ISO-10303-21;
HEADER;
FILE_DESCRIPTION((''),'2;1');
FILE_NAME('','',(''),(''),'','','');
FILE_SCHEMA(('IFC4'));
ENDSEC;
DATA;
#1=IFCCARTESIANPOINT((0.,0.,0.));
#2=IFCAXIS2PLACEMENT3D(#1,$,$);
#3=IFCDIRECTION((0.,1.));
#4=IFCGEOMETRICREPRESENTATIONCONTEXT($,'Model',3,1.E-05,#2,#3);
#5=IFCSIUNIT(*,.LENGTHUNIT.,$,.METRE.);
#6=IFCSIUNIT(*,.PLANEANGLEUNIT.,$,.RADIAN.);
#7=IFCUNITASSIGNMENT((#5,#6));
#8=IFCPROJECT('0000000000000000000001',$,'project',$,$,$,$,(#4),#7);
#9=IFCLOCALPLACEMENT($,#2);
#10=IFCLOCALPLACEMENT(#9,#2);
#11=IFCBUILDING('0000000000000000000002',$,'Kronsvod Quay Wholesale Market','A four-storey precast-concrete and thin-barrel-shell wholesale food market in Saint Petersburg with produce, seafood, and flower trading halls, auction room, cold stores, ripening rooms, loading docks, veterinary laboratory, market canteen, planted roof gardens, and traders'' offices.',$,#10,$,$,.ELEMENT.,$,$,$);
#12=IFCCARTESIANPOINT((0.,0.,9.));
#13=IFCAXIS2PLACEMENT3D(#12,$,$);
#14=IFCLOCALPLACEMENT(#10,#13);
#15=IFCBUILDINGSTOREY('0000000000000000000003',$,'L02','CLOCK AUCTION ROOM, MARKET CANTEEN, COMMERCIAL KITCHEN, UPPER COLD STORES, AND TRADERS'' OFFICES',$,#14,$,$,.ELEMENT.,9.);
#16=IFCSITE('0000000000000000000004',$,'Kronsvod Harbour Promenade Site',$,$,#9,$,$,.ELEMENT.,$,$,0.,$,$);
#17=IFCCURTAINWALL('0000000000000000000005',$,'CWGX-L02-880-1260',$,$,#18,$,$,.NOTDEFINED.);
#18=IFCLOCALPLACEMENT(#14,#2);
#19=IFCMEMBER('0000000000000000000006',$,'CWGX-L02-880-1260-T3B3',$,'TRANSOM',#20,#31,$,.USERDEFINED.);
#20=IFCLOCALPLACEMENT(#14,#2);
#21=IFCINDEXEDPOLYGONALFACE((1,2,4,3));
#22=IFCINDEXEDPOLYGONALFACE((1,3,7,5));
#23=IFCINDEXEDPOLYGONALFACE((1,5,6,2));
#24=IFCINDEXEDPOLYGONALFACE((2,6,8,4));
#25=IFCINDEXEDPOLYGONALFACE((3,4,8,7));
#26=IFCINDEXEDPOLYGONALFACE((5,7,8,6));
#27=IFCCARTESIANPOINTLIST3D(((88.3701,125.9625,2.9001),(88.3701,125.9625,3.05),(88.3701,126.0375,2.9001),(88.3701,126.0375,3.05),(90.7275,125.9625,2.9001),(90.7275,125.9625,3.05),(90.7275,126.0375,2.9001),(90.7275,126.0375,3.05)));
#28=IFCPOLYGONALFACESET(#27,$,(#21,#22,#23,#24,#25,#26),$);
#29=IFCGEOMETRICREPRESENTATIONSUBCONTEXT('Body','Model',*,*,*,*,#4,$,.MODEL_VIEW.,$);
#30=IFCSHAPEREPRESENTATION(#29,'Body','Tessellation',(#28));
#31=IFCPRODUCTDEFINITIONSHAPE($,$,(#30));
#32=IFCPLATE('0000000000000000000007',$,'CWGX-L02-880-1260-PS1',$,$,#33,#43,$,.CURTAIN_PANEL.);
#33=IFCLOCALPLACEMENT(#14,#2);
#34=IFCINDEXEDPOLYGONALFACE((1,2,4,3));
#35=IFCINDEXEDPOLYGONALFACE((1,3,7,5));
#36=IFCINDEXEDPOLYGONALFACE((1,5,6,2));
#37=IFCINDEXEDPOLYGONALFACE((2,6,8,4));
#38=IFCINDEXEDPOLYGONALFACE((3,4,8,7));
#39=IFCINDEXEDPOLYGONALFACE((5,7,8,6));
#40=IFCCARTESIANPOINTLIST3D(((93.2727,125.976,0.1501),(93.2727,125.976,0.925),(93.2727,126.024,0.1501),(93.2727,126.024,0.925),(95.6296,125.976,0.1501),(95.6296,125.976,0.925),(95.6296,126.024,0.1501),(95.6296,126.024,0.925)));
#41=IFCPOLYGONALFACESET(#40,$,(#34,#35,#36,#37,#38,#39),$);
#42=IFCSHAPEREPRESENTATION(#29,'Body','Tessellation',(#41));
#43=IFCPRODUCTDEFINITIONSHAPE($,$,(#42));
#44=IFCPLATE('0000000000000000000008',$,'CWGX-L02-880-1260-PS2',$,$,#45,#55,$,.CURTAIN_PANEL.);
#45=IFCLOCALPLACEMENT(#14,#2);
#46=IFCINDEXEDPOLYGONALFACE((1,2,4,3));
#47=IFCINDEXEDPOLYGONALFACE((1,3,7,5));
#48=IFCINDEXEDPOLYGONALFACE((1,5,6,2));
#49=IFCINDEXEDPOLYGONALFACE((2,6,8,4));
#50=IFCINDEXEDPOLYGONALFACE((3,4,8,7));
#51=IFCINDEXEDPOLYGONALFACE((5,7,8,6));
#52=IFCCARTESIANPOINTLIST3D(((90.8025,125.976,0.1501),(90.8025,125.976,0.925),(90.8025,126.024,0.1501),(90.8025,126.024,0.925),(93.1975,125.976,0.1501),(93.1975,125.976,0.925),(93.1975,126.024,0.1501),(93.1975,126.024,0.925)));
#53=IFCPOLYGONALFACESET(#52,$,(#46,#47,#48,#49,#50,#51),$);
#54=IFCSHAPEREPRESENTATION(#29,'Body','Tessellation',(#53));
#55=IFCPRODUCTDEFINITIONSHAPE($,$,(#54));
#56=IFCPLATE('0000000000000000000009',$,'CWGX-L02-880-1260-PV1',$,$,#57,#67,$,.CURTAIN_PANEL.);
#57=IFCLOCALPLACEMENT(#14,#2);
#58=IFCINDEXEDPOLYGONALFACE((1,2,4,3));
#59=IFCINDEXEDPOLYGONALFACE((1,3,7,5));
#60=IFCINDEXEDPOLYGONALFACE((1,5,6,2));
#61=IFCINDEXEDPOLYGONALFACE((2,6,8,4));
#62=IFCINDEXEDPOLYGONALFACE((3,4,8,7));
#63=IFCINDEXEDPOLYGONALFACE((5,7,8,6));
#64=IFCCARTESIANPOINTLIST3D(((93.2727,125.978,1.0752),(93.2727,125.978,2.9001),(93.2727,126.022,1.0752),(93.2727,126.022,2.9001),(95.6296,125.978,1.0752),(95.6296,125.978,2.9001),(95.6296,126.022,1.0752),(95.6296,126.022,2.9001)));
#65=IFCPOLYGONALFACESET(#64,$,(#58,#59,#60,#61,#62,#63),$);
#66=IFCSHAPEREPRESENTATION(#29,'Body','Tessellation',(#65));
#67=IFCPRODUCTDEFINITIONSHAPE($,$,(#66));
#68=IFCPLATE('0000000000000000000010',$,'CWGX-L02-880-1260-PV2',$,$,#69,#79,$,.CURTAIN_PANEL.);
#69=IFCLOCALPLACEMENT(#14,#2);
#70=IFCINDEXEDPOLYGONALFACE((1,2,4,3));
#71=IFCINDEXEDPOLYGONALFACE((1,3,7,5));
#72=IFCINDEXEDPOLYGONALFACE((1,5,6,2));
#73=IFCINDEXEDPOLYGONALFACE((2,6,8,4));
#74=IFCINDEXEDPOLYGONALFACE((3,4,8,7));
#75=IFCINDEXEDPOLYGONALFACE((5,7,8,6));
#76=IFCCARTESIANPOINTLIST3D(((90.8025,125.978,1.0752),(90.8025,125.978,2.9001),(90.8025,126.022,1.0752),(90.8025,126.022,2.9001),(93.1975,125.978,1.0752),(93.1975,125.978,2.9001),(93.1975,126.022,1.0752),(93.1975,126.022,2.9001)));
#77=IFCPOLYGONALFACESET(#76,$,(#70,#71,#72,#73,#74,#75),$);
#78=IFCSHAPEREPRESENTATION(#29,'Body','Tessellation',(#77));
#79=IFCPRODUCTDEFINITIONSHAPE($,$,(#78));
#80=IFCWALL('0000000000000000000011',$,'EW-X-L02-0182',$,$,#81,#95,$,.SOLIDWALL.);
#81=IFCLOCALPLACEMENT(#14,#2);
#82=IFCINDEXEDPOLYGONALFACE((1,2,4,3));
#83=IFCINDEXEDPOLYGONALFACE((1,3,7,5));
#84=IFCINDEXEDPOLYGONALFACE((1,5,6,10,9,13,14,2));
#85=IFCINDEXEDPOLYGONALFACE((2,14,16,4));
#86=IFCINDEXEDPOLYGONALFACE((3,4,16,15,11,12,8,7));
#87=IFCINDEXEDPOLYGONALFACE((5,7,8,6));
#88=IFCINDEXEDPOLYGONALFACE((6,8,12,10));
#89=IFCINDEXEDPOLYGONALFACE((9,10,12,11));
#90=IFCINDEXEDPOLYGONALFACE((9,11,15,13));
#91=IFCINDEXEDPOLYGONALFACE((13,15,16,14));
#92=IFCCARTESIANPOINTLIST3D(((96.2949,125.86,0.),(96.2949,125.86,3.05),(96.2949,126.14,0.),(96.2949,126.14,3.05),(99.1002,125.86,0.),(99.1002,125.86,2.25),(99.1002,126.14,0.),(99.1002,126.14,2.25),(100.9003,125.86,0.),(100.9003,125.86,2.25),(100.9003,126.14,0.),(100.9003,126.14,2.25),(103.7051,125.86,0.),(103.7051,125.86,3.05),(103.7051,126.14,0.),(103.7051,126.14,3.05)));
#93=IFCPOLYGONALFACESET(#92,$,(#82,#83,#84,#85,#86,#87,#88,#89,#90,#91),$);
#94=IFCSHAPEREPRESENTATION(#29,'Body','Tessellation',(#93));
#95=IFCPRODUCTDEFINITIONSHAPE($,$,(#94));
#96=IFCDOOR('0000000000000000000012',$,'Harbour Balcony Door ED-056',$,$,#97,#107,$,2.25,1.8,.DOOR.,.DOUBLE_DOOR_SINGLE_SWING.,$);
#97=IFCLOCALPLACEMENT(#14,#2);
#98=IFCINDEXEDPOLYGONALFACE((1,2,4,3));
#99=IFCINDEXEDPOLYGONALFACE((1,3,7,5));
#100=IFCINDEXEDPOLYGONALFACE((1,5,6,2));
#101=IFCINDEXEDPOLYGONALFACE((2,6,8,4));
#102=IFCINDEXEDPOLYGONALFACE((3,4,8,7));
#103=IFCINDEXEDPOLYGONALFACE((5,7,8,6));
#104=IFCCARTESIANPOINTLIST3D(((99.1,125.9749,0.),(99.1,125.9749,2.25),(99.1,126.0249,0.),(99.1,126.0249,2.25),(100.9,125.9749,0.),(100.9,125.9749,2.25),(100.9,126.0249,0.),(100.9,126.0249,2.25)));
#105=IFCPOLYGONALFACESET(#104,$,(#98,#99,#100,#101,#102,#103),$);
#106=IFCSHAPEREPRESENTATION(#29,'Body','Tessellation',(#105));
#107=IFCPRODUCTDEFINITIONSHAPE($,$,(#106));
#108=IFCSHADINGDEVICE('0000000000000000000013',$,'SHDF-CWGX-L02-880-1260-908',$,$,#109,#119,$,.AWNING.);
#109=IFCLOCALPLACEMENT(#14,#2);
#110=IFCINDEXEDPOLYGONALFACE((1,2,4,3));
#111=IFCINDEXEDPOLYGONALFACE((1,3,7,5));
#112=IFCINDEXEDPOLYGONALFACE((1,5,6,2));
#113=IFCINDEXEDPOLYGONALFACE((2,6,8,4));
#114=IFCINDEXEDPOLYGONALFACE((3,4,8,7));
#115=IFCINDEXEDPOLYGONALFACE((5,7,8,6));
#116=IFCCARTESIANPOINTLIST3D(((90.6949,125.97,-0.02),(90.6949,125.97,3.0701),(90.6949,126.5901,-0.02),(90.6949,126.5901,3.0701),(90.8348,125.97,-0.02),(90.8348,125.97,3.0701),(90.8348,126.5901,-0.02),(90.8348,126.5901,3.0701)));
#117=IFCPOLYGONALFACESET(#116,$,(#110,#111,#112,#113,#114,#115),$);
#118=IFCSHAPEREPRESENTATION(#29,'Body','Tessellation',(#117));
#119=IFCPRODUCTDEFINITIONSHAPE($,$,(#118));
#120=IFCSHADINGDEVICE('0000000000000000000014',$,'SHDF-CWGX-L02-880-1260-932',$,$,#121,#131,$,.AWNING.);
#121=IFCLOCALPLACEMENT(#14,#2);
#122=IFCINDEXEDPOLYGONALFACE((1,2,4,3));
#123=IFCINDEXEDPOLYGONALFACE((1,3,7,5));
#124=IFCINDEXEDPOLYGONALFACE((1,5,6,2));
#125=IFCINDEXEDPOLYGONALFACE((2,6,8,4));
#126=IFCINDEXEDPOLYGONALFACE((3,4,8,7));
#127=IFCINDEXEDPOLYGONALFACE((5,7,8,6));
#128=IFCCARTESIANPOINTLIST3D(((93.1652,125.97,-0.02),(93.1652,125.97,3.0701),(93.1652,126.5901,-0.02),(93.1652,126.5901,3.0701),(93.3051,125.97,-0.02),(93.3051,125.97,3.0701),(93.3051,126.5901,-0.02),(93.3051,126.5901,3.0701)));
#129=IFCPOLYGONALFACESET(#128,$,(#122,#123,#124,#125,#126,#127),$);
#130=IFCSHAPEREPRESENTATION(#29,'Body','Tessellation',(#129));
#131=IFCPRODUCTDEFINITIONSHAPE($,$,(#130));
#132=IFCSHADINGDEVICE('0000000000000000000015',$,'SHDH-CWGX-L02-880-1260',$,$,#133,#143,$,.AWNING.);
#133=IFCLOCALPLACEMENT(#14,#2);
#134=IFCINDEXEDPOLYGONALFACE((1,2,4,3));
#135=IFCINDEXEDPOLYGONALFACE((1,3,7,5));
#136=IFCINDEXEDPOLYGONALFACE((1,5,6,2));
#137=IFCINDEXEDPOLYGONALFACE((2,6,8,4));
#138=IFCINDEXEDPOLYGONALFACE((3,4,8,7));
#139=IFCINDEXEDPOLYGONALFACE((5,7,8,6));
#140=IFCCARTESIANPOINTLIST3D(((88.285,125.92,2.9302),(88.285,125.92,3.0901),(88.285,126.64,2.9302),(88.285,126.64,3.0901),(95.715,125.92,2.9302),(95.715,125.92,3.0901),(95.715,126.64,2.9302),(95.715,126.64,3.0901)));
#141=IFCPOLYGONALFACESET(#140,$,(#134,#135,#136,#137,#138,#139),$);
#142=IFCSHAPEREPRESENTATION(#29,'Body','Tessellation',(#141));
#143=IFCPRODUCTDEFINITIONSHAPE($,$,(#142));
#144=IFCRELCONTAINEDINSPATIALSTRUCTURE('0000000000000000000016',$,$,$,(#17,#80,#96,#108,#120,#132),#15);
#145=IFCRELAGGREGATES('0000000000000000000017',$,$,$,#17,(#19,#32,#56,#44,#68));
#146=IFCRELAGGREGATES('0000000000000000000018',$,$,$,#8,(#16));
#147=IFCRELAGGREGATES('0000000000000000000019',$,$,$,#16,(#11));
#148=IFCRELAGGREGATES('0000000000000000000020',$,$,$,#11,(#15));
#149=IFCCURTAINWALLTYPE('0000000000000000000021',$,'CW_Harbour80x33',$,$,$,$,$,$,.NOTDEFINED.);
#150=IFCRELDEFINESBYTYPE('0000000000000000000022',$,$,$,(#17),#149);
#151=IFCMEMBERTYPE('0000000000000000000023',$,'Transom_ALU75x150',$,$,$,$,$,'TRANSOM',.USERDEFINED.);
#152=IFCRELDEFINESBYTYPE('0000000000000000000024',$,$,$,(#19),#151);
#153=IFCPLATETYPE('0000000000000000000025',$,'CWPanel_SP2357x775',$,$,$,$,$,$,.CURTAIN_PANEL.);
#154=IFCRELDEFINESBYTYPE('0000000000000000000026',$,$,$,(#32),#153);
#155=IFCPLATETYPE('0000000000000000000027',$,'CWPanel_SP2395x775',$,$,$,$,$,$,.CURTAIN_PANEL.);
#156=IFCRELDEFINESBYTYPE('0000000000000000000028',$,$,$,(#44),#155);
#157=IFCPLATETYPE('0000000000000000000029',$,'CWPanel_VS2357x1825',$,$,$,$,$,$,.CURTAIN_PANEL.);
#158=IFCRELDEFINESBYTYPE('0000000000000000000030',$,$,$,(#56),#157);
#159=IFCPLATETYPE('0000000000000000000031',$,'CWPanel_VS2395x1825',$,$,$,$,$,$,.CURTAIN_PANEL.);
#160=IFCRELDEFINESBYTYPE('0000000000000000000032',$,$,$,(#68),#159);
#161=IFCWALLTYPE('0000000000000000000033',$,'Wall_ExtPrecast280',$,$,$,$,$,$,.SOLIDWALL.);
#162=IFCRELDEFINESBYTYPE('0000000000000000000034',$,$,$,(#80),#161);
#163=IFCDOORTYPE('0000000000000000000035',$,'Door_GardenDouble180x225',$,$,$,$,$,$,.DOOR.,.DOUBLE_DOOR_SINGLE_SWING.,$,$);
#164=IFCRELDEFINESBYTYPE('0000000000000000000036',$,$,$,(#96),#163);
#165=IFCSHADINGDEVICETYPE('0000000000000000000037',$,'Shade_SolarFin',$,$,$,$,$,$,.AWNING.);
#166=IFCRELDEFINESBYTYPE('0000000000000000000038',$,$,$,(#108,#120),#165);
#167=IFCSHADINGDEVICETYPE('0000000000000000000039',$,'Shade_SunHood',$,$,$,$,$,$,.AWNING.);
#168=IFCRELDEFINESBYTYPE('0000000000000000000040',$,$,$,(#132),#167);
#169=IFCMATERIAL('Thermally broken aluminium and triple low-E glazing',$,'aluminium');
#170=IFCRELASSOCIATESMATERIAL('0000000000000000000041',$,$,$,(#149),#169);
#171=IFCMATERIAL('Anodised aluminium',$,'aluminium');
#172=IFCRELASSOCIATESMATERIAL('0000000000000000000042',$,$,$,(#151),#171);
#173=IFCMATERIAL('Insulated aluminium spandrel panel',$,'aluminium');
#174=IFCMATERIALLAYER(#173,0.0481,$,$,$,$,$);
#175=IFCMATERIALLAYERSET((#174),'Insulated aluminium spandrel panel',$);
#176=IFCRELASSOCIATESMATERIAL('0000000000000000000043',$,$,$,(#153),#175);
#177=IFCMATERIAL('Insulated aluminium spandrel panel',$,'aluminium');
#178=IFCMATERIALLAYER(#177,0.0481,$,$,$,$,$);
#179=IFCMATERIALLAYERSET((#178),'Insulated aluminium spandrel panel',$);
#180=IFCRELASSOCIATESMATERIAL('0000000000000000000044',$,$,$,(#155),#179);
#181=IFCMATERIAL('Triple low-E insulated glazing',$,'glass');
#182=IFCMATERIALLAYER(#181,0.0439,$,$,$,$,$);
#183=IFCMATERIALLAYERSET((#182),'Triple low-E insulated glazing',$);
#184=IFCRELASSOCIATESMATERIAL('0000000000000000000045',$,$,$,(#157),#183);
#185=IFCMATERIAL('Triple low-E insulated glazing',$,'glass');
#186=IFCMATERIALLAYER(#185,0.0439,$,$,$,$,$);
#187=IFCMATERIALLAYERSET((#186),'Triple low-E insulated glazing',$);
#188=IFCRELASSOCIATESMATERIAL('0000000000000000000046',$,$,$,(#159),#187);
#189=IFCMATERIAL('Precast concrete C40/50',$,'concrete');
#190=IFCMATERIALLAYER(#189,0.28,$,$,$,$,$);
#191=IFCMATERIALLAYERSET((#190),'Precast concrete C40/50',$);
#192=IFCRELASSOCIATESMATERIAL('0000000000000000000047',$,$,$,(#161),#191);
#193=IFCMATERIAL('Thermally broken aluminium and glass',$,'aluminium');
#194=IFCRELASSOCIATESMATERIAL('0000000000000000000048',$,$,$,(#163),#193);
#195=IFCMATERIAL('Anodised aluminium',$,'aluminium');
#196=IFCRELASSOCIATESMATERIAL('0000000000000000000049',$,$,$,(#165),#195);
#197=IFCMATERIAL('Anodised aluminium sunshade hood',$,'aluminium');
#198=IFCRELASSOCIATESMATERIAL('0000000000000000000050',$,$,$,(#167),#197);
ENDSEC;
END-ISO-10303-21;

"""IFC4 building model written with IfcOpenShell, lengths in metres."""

from ifc_helpers import new_model, si_unit, direction, frame, frame_2d, origin, origin_2d, place, context, subcontext, project, spatial, rectangle, extrude, material, layer, layer_set, material_profile, profile_set, type_object, element, fill, aggregate, save


model = new_model("IFC4")

# Units and contexts
model_context = context("Model", 3, precision=1e-05, world=origin(), true_north=direction((0.0, 1.0)))
body_context = subcontext(model_context, "Body", "Model", "MODEL_VIEW")
ifc_project = project(units=[si_unit("LENGTHUNIT", "METRE"), si_unit("PLANEANGLEUNIT", "RADIAN")], contexts=[model_context])

# Site, building, storey
site_placement = place(None, origin())
site = spatial("IfcSite", under=ifc_project, at=site_placement, Name="Kronsvod Harbour Promenade Site", CompositionType="ELEMENT", RefElevation=0.0)
building_placement = place(site_placement, origin())
building = spatial("IfcBuilding", under=site, at=building_placement, Name="Kronsvod Quay Wholesale Market", Description="A four-storey precast-concrete and thin-barrel-shell wholesale food market in Saint Petersburg with produce, seafood, and flower trading halls, auction room, cold stores, ripening rooms, loading docks, veterinary laboratory, market canteen, planted roof gardens, and traders' offices.", CompositionType="ELEMENT")
storey_placement = place(building_placement, frame((0.0, 0.0, 9.0)))
storey = spatial("IfcBuildingStorey", under=building, at=storey_placement, Name="L02", Description="CLOCK AUCTION ROOM, MARKET CANTEEN, COMMERCIAL KITCHEN, UPPER COLD STORES, AND TRADERS' OFFICES", CompositionType="ELEMENT", Elevation=9.0)

# Curtain wall
ifc_material_1 = material(Name="Thermally broken aluminium and triple low-E glazing", Category="aluminium")
curtain_wall_type = type_object("IfcCurtainWallType", Name="CW_Harbour80x33", PredefinedType="NOTDEFINED", material=ifc_material_1)
curtain_wall_placement = place(storey_placement, origin())
curtain_wall = element("IfcCurtainWall", 1, at=curtain_wall_placement, inside=storey, type_object=curtain_wall_type, Name="CWGX-L02-880-1260", PredefinedType="NOTDEFINED")

# Member
ifc_material_2 = material(Name="Anodised aluminium", Category="aluminium")
ifc_material_profile_1 = material_profile(ifc_material_2, rectangle(XDim=0.075, YDim=0.1499, at=origin_2d()), Name="ALUT75x150")
ifc_profile_set_1 = profile_set([ifc_material_profile_1], Name="Anodised aluminium")
member_type_1 = type_object("IfcMemberType", Name="Transom_ALU75x150", ElementType="TRANSOM", PredefinedType="USERDEFINED", material=ifc_profile_set_1)
member_1_placement = place(storey_placement, frame((90.7275, 126.0, 2.9751), z_axis=(-1.0, 0.0, 0.0), x_axis=(0.0, -1.0, 0.0)))
member_1 = element("IfcMember", 2, at=member_1_placement, type_object=member_type_1, Name="CWGX-L02-880-1260-T3B3", ObjectType="TRANSOM", PredefinedType="USERDEFINED", context=body_context, shape_type="SweptSolid", body=[
    extrude(rectangle(XDim=0.075, YDim=0.1499, at=origin_2d()), origin(), (0.0, 0.0, 1.0), 2.3574),
])

# Plates
ifc_material_3 = material(Name="Insulated aluminium spandrel panel", Category="aluminium")
ifc_layer_1 = layer(ifc_material_3, 0.0481)
ifc_layer_set_1 = layer_set([ifc_layer_1], Name="Insulated aluminium spandrel panel")
plate_type_1 = type_object("IfcPlateType", Name="CWPanel_SP2357x775", PredefinedType="CURTAIN_PANEL", material=ifc_layer_set_1)
plate_1_placement = place(storey_placement, frame((94.4512, 126.0, 0.1501), z_axis=(0.0, 0.0, 1.0), x_axis=(-1.0, 0.0, 0.0)))
plate_1 = element("IfcPlate", 3, at=plate_1_placement, type_object=plate_type_1, Name="CWGX-L02-880-1260-PS1", PredefinedType="CURTAIN_PANEL", context=body_context, shape_type="SweptSolid", body=[
    extrude(rectangle(XDim=2.3569, YDim=0.0481, at=origin_2d()), origin(), (0.0, 0.0, 1.0), 0.7749),
])
ifc_material_4 = material(Name="Insulated aluminium spandrel panel", Category="aluminium")
ifc_layer_2 = layer(ifc_material_4, 0.0481)
ifc_layer_set_2 = layer_set([ifc_layer_2], Name="Insulated aluminium spandrel panel")
plate_type_2 = type_object("IfcPlateType", Name="CWPanel_SP2395x775", PredefinedType="CURTAIN_PANEL", material=ifc_layer_set_2)
plate_2_placement = place(storey_placement, frame((92.0, 126.0, 0.1501), z_axis=(0.0, 0.0, 1.0), x_axis=(-1.0, 0.0, 0.0)))
plate_2 = element("IfcPlate", 4, at=plate_2_placement, type_object=plate_type_2, Name="CWGX-L02-880-1260-PS2", PredefinedType="CURTAIN_PANEL", context=body_context, shape_type="SweptSolid", body=[
    extrude(rectangle(XDim=2.395, YDim=0.0481, at=origin_2d()), origin(), (0.0, 0.0, 1.0), 0.7749),
])
ifc_material_5 = material(Name="Triple low-E insulated glazing", Category="glass")
ifc_layer_3 = layer(ifc_material_5, 0.0439)
ifc_layer_set_3 = layer_set([ifc_layer_3], Name="Triple low-E insulated glazing")
plate_type_3 = type_object("IfcPlateType", Name="CWPanel_VS2357x1825", PredefinedType="CURTAIN_PANEL", material=ifc_layer_set_3)
plate_3_placement = place(storey_placement, frame((94.4512, 126.0, 1.0752), z_axis=(0.0, 0.0, 1.0), x_axis=(-1.0, 0.0, 0.0)))
plate_3 = element("IfcPlate", 5, at=plate_3_placement, type_object=plate_type_3, Name="CWGX-L02-880-1260-PV1", PredefinedType="CURTAIN_PANEL", context=body_context, shape_type="SweptSolid", body=[
    extrude(rectangle(XDim=2.3569, YDim=0.0439, at=origin_2d()), origin(), (0.0, 0.0, 1.0), 1.825),
])
ifc_material_6 = material(Name="Triple low-E insulated glazing", Category="glass")
ifc_layer_4 = layer(ifc_material_6, 0.0439)
ifc_layer_set_4 = layer_set([ifc_layer_4], Name="Triple low-E insulated glazing")
plate_type_4 = type_object("IfcPlateType", Name="CWPanel_VS2395x1825", PredefinedType="CURTAIN_PANEL", material=ifc_layer_set_4)
plate_4_placement = place(storey_placement, frame((92.0, 126.0, 1.0752), z_axis=(0.0, 0.0, 1.0), x_axis=(-1.0, 0.0, 0.0)))
plate_4 = element("IfcPlate", 6, at=plate_4_placement, type_object=plate_type_4, Name="CWGX-L02-880-1260-PV2", PredefinedType="CURTAIN_PANEL", context=body_context, shape_type="SweptSolid", body=[
    extrude(rectangle(XDim=2.395, YDim=0.0439, at=origin_2d()), origin(), (0.0, 0.0, 1.0), 1.825),
])
aggregate(curtain_wall, [member_1, plate_1, plate_3, plate_2, plate_4])

# Wall, opening, door
ifc_material_7 = material(Name="Precast concrete C40/50", Category="concrete")
ifc_layer_5 = layer(ifc_material_7, 0.28)
ifc_layer_set_5 = layer_set([ifc_layer_5], Name="Precast concrete C40/50")
wall_type = type_object("IfcWallType", Name="Wall_ExtPrecast280", PredefinedType="SOLIDWALL", material=ifc_layer_set_5)
wall_placement = place(storey_placement, frame((103.7051, 126.0, 0.0), z_axis=(0.0, 0.0, 1.0), x_axis=(-1.0, 0.0, 0.0)))
wall = element("IfcWall", 7, at=wall_placement, inside=storey, type_object=wall_type, Name="EW-X-L02-0182", PredefinedType="SOLIDWALL", context=body_context, shape_type="SweptSolid", body=[
    extrude(rectangle(XDim=7.4102, YDim=0.28, at=frame_2d((3.7051, 0.0))), origin(), (0.0, 0.0, 1.0), 3.05),
])
opening_placement = place(wall_placement, frame((2.8049, 0.0, 0.0)))
opening = element("IfcOpeningElement", 8, at=opening_placement, cuts=wall, PredefinedType="OPENING", context=body_context, shape_type="SweptSolid", body=[
    extrude(rectangle(XDim=1.8, YDim=2.25, at=frame_2d((0.8999, 1.125))), frame((0.0, 0.1499, 0.0), z_axis=(0.0, -1.0, 0.0), x_axis=(1.0, 0.0, 0.0)), (0.0, 0.0, 1.0), 0.3),
])
ifc_material_8 = material(Name="Thermally broken aluminium and glass", Category="aluminium")
door_type = type_object("IfcDoorType", Name="Door_GardenDouble180x225", OperationType="DOUBLE_DOOR_SINGLE_SWING", PredefinedType="DOOR", material=ifc_material_8)
door_placement = place(opening_placement, frame((1.8, 0.0, 0.0), z_axis=(0.0, 0.0, 1.0), x_axis=(-1.0, 0.0, 0.0)))
door = element("IfcDoor", 9, at=door_placement, inside=storey, type_object=door_type, Name="Harbour Balcony Door ED-056", OperationType="DOUBLE_DOOR_SINGLE_SWING", OverallHeight=2.25, OverallWidth=1.8, PredefinedType="DOOR", context=body_context, shape_type="SweptSolid", body=[
    extrude(rectangle(XDim=1.8, YDim=2.25, at=frame_2d((0.8999, 1.125))), frame((0.0, 0.0249, 0.0), z_axis=(0.0, -1.0, 0.0), x_axis=(1.0, 0.0, 0.0)), (0.0, 0.0, 1.0), 0.05),
])
fill(opening, door)

# Shading devices
ifc_material_9 = material(Name="Anodised aluminium", Category="aluminium")
shading_device_type_1 = type_object("IfcShadingDeviceType", Name="Shade_SolarFin", PredefinedType="AWNING", material=ifc_material_9)
for number, where, z_axis, x_axis, name in (
    (10, (90.7649, 126.28, -0.02), (0.0, 0.0, 1.0), (1.0, 0.0, 0.0), "SHDF-CWGX-L02-880-1260-908"),
    (11, (93.2351, 126.28, -0.02), (0.0, 0.0, 1.0), (1.0, 0.0, 0.0), "SHDF-CWGX-L02-880-1260-932"),
):
    element("IfcShadingDevice", number, at=place(storey_placement, frame(where, z_axis=z_axis, x_axis=x_axis)), inside=storey, type_object=shading_device_type_1, Name=name, PredefinedType="AWNING", context=body_context, shape_type="SweptSolid", body=[
        extrude(rectangle(XDim=0.1399, YDim=0.6201, at=origin_2d()), origin(), (0.0, 0.0, 1.0), 3.0901),
    ])
ifc_material_10 = material(Name="Anodised aluminium sunshade hood", Category="aluminium")
shading_device_type_2 = type_object("IfcShadingDeviceType", Name="Shade_SunHood", PredefinedType="AWNING", material=ifc_material_10)
shading_device_placement = place(storey_placement, frame((92.0, 126.28, 2.9302), z_axis=(0.0, 0.0, 1.0), x_axis=(1.0, 0.0, 0.0)))
element("IfcShadingDevice", 12, at=shading_device_placement, inside=storey, type_object=shading_device_type_2, Name="SHDH-CWGX-L02-880-1260", PredefinedType="AWNING", context=body_context, shape_type="SweptSolid", body=[
    extrude(rectangle(XDim=7.4299, YDim=0.72, at=origin_2d()), origin(), (0.0, 0.0, 1.0), 0.1599),
])

save(model, "model.ifc")
